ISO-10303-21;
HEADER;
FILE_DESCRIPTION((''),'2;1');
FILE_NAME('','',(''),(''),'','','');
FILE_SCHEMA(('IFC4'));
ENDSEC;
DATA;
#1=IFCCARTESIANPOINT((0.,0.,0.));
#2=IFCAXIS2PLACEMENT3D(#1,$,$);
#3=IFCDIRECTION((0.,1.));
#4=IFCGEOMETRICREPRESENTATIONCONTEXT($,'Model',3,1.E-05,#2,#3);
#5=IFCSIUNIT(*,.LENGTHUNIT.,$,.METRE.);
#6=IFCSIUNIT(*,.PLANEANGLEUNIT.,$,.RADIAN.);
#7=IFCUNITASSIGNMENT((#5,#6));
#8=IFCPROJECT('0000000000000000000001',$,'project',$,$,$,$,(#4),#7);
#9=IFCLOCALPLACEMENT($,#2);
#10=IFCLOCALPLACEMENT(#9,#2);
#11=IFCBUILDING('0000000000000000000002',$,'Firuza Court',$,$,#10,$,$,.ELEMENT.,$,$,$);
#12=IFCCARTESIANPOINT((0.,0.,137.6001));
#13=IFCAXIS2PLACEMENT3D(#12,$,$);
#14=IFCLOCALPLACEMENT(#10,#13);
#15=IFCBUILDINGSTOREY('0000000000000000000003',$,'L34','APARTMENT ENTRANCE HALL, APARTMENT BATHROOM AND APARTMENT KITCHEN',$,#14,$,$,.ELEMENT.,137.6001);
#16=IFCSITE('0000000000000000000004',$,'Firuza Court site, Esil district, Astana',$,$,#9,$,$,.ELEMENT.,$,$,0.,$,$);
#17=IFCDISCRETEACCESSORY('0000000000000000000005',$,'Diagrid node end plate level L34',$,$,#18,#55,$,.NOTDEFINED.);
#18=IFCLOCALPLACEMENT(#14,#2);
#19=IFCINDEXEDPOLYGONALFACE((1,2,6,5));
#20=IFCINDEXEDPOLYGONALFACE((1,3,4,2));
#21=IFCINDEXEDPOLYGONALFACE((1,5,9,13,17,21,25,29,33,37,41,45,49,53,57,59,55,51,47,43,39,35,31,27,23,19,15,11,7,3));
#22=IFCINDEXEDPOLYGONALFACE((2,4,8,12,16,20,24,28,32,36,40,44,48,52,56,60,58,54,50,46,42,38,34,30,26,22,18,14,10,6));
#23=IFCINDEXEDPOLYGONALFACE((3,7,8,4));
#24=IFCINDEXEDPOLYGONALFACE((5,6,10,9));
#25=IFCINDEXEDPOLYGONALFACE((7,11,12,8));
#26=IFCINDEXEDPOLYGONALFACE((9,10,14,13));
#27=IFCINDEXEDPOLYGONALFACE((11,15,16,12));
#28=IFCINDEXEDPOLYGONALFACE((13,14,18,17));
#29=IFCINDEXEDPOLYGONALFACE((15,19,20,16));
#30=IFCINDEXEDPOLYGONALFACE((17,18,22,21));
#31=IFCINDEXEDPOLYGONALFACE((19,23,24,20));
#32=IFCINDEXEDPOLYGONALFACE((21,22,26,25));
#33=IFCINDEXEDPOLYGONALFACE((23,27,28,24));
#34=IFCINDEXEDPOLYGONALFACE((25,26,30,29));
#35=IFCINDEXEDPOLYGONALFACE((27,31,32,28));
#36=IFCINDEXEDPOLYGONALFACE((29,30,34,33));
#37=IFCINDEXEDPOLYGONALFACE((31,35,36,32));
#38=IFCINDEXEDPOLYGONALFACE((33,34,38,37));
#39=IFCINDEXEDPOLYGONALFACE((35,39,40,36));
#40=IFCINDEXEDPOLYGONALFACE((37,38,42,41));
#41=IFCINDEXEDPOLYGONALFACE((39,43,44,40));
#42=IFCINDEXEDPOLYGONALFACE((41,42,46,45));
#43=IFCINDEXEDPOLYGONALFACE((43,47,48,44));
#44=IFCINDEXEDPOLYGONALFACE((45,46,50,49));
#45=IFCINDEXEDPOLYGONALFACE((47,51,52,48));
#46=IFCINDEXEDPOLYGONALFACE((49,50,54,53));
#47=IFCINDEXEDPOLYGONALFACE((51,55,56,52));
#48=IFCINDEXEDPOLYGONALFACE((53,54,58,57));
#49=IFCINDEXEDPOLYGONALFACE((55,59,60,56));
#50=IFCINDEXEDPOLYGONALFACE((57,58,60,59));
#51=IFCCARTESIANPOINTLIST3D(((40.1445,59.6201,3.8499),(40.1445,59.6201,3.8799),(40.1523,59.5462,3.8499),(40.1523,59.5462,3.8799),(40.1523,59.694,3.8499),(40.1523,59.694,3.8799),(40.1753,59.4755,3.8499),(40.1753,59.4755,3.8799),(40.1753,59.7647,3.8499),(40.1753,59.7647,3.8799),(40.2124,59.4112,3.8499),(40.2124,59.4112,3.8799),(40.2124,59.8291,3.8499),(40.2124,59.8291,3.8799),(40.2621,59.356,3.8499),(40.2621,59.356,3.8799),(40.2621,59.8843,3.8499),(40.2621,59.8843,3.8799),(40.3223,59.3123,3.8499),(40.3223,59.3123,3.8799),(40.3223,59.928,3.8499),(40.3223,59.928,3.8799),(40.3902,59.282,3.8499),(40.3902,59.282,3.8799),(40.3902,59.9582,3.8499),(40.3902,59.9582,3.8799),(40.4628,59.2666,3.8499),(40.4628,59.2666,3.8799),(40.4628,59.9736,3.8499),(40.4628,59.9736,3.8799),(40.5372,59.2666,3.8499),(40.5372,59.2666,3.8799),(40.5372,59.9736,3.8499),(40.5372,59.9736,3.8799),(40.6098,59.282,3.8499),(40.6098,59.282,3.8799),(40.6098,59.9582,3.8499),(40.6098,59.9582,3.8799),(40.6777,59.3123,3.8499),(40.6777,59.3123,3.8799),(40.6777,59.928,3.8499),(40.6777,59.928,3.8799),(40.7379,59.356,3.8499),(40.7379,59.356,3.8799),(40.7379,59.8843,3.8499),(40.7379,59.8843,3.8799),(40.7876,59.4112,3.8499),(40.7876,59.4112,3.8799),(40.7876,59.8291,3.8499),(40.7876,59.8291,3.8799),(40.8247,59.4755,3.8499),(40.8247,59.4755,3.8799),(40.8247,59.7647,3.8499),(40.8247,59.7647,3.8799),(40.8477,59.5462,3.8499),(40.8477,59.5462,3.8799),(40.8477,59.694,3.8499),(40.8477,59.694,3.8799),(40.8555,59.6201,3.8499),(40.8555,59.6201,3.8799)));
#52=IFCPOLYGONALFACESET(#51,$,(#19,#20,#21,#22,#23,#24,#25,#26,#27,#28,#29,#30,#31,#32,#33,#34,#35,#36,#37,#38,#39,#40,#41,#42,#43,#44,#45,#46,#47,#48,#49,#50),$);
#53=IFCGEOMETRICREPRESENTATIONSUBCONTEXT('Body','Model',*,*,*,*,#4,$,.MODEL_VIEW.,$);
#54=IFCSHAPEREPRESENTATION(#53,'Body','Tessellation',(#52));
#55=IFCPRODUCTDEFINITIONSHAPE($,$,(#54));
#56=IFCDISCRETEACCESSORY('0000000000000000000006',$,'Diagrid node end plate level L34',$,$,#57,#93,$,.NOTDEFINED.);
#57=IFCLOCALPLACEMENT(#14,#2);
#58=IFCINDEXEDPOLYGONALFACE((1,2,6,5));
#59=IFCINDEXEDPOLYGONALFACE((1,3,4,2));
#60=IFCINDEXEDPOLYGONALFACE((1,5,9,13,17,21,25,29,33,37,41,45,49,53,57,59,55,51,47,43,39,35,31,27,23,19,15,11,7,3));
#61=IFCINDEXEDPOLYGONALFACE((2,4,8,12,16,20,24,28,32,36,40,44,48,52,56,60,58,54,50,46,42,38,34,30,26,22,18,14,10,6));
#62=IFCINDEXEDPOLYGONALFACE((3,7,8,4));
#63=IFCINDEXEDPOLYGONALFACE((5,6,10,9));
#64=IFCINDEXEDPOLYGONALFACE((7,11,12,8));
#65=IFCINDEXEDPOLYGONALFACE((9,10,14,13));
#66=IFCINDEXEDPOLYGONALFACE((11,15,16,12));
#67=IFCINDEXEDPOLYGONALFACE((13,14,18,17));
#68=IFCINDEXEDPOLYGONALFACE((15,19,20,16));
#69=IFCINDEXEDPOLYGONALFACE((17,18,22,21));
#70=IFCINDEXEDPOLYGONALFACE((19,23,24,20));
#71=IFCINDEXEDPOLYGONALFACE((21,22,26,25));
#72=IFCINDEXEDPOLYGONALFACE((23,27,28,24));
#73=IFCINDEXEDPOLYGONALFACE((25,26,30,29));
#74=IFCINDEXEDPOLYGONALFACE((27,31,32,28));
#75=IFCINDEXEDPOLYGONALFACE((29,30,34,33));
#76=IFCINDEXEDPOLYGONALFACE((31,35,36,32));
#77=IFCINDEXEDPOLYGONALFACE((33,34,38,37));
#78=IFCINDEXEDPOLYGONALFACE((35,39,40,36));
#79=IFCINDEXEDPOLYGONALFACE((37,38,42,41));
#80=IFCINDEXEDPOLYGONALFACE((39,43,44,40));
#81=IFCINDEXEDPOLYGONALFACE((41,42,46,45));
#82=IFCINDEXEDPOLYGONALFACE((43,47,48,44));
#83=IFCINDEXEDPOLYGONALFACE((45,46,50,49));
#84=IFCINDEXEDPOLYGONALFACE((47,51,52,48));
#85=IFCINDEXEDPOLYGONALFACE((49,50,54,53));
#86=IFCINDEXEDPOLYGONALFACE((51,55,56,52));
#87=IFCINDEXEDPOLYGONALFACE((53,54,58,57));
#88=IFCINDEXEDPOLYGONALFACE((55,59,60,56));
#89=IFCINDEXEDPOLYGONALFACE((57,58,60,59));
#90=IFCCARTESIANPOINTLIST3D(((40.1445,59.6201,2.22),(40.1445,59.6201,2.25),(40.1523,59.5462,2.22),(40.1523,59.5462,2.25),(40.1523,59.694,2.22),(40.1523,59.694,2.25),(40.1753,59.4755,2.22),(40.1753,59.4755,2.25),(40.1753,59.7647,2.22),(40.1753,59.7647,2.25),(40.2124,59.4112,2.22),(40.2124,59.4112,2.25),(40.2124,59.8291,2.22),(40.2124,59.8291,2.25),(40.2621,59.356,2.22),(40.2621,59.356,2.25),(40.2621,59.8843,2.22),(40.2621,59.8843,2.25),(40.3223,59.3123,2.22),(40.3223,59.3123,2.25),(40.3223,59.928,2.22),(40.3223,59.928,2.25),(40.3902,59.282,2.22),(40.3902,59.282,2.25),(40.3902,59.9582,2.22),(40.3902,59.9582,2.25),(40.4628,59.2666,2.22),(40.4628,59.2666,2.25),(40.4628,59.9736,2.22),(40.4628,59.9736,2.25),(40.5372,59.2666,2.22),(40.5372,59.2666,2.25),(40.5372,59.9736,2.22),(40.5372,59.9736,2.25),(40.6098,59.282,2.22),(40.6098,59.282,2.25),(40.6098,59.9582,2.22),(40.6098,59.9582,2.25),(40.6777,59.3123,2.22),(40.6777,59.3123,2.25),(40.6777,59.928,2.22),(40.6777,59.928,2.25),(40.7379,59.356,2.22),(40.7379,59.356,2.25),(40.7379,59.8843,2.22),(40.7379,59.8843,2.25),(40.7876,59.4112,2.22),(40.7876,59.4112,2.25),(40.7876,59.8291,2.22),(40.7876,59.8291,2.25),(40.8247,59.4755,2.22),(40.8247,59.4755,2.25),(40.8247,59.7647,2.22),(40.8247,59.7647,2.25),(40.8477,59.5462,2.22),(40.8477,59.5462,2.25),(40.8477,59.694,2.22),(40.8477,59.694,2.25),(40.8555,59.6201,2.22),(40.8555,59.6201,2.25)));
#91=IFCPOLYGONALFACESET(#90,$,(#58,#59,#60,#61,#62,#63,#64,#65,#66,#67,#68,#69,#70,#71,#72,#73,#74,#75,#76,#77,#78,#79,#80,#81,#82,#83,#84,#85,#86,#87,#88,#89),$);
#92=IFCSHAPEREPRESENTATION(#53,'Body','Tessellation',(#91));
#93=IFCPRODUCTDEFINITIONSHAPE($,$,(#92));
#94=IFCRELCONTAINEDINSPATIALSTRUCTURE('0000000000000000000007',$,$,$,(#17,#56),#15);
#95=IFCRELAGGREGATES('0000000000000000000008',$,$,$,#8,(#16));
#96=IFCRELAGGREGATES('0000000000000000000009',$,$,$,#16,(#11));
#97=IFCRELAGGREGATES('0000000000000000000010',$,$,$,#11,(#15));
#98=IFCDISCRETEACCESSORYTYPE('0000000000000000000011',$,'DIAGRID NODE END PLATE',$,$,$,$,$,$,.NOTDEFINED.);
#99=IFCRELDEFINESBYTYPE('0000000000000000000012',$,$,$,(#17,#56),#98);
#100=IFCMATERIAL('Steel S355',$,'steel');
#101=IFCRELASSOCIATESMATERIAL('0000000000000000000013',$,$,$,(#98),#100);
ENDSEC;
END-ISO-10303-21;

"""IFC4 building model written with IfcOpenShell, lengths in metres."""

from ifc_helpers import new_model, si_unit, direction, frame, origin, origin_2d, place, context, subcontext, project, spatial, circle, extrude, material, material_profile, profile_set, type_object, element, save


model = new_model("IFC4")

# Units and contexts
model_context = context("Model", 3, precision=1e-05, world=origin(), true_north=direction((0.0, 1.0)))
body_context = subcontext(model_context, "Body", "Model", "MODEL_VIEW")
ifc_project = project(units=[si_unit("LENGTHUNIT", "METRE"), si_unit("PLANEANGLEUNIT", "RADIAN")], contexts=[model_context])

# Site, building, storey
site_placement = place(None, origin())
site = spatial("IfcSite", under=ifc_project, at=site_placement, Name="Firuza Court site, Esil district, Astana", CompositionType="ELEMENT", RefElevation=0.0)
building_placement = place(site_placement, origin())
building = spatial("IfcBuilding", under=site, at=building_placement, Name="Firuza Court", CompositionType="ELEMENT")
storey_placement = place(building_placement, frame((0.0, 0.0, 137.6001)))
storey = spatial("IfcBuildingStorey", under=building, at=storey_placement, Name="L34", Description="APARTMENT ENTRANCE HALL, APARTMENT BATHROOM AND APARTMENT KITCHEN", CompositionType="ELEMENT", Elevation=137.6001)

# Discrete accessories
ifc_material_1 = material(Name="Steel S355", Category="steel")
ifc_material_profile_1 = material_profile(ifc_material_1, circle(Radius=0.3555, at=origin_2d()), Name="PL D711")
ifc_profile_set_1 = profile_set([ifc_material_profile_1], Name="Steel S355")
discrete_accessory_type = type_object("IfcDiscreteAccessoryType", Name="DIAGRID NODE END PLATE", PredefinedType="NOTDEFINED", material=ifc_profile_set_1)
for number, where, z_axis, x_axis, name in (
    (1, (40.5, 59.6201, 3.8499), (0.0, 0.0, 1.0), (1.0, 0.0, 0.0), "Diagrid node end plate level L34"),
    (2, (40.5, 59.6201, 2.22), (0.0, 0.0, 1.0), (1.0, 0.0, 0.0), "Diagrid node end plate level L34"),
):
    element("IfcDiscreteAccessory", number, at=place(storey_placement, frame(where, z_axis=z_axis, x_axis=x_axis)), inside=storey, type_object=discrete_accessory_type, Name=name, PredefinedType="NOTDEFINED", context=body_context, shape_type="SweptSolid", body=[
        extrude(circle(Radius=0.3555, at=origin_2d()), origin(), (0.0, 0.0, 1.0), 0.03),
    ])

save(model, "model.ifc")
